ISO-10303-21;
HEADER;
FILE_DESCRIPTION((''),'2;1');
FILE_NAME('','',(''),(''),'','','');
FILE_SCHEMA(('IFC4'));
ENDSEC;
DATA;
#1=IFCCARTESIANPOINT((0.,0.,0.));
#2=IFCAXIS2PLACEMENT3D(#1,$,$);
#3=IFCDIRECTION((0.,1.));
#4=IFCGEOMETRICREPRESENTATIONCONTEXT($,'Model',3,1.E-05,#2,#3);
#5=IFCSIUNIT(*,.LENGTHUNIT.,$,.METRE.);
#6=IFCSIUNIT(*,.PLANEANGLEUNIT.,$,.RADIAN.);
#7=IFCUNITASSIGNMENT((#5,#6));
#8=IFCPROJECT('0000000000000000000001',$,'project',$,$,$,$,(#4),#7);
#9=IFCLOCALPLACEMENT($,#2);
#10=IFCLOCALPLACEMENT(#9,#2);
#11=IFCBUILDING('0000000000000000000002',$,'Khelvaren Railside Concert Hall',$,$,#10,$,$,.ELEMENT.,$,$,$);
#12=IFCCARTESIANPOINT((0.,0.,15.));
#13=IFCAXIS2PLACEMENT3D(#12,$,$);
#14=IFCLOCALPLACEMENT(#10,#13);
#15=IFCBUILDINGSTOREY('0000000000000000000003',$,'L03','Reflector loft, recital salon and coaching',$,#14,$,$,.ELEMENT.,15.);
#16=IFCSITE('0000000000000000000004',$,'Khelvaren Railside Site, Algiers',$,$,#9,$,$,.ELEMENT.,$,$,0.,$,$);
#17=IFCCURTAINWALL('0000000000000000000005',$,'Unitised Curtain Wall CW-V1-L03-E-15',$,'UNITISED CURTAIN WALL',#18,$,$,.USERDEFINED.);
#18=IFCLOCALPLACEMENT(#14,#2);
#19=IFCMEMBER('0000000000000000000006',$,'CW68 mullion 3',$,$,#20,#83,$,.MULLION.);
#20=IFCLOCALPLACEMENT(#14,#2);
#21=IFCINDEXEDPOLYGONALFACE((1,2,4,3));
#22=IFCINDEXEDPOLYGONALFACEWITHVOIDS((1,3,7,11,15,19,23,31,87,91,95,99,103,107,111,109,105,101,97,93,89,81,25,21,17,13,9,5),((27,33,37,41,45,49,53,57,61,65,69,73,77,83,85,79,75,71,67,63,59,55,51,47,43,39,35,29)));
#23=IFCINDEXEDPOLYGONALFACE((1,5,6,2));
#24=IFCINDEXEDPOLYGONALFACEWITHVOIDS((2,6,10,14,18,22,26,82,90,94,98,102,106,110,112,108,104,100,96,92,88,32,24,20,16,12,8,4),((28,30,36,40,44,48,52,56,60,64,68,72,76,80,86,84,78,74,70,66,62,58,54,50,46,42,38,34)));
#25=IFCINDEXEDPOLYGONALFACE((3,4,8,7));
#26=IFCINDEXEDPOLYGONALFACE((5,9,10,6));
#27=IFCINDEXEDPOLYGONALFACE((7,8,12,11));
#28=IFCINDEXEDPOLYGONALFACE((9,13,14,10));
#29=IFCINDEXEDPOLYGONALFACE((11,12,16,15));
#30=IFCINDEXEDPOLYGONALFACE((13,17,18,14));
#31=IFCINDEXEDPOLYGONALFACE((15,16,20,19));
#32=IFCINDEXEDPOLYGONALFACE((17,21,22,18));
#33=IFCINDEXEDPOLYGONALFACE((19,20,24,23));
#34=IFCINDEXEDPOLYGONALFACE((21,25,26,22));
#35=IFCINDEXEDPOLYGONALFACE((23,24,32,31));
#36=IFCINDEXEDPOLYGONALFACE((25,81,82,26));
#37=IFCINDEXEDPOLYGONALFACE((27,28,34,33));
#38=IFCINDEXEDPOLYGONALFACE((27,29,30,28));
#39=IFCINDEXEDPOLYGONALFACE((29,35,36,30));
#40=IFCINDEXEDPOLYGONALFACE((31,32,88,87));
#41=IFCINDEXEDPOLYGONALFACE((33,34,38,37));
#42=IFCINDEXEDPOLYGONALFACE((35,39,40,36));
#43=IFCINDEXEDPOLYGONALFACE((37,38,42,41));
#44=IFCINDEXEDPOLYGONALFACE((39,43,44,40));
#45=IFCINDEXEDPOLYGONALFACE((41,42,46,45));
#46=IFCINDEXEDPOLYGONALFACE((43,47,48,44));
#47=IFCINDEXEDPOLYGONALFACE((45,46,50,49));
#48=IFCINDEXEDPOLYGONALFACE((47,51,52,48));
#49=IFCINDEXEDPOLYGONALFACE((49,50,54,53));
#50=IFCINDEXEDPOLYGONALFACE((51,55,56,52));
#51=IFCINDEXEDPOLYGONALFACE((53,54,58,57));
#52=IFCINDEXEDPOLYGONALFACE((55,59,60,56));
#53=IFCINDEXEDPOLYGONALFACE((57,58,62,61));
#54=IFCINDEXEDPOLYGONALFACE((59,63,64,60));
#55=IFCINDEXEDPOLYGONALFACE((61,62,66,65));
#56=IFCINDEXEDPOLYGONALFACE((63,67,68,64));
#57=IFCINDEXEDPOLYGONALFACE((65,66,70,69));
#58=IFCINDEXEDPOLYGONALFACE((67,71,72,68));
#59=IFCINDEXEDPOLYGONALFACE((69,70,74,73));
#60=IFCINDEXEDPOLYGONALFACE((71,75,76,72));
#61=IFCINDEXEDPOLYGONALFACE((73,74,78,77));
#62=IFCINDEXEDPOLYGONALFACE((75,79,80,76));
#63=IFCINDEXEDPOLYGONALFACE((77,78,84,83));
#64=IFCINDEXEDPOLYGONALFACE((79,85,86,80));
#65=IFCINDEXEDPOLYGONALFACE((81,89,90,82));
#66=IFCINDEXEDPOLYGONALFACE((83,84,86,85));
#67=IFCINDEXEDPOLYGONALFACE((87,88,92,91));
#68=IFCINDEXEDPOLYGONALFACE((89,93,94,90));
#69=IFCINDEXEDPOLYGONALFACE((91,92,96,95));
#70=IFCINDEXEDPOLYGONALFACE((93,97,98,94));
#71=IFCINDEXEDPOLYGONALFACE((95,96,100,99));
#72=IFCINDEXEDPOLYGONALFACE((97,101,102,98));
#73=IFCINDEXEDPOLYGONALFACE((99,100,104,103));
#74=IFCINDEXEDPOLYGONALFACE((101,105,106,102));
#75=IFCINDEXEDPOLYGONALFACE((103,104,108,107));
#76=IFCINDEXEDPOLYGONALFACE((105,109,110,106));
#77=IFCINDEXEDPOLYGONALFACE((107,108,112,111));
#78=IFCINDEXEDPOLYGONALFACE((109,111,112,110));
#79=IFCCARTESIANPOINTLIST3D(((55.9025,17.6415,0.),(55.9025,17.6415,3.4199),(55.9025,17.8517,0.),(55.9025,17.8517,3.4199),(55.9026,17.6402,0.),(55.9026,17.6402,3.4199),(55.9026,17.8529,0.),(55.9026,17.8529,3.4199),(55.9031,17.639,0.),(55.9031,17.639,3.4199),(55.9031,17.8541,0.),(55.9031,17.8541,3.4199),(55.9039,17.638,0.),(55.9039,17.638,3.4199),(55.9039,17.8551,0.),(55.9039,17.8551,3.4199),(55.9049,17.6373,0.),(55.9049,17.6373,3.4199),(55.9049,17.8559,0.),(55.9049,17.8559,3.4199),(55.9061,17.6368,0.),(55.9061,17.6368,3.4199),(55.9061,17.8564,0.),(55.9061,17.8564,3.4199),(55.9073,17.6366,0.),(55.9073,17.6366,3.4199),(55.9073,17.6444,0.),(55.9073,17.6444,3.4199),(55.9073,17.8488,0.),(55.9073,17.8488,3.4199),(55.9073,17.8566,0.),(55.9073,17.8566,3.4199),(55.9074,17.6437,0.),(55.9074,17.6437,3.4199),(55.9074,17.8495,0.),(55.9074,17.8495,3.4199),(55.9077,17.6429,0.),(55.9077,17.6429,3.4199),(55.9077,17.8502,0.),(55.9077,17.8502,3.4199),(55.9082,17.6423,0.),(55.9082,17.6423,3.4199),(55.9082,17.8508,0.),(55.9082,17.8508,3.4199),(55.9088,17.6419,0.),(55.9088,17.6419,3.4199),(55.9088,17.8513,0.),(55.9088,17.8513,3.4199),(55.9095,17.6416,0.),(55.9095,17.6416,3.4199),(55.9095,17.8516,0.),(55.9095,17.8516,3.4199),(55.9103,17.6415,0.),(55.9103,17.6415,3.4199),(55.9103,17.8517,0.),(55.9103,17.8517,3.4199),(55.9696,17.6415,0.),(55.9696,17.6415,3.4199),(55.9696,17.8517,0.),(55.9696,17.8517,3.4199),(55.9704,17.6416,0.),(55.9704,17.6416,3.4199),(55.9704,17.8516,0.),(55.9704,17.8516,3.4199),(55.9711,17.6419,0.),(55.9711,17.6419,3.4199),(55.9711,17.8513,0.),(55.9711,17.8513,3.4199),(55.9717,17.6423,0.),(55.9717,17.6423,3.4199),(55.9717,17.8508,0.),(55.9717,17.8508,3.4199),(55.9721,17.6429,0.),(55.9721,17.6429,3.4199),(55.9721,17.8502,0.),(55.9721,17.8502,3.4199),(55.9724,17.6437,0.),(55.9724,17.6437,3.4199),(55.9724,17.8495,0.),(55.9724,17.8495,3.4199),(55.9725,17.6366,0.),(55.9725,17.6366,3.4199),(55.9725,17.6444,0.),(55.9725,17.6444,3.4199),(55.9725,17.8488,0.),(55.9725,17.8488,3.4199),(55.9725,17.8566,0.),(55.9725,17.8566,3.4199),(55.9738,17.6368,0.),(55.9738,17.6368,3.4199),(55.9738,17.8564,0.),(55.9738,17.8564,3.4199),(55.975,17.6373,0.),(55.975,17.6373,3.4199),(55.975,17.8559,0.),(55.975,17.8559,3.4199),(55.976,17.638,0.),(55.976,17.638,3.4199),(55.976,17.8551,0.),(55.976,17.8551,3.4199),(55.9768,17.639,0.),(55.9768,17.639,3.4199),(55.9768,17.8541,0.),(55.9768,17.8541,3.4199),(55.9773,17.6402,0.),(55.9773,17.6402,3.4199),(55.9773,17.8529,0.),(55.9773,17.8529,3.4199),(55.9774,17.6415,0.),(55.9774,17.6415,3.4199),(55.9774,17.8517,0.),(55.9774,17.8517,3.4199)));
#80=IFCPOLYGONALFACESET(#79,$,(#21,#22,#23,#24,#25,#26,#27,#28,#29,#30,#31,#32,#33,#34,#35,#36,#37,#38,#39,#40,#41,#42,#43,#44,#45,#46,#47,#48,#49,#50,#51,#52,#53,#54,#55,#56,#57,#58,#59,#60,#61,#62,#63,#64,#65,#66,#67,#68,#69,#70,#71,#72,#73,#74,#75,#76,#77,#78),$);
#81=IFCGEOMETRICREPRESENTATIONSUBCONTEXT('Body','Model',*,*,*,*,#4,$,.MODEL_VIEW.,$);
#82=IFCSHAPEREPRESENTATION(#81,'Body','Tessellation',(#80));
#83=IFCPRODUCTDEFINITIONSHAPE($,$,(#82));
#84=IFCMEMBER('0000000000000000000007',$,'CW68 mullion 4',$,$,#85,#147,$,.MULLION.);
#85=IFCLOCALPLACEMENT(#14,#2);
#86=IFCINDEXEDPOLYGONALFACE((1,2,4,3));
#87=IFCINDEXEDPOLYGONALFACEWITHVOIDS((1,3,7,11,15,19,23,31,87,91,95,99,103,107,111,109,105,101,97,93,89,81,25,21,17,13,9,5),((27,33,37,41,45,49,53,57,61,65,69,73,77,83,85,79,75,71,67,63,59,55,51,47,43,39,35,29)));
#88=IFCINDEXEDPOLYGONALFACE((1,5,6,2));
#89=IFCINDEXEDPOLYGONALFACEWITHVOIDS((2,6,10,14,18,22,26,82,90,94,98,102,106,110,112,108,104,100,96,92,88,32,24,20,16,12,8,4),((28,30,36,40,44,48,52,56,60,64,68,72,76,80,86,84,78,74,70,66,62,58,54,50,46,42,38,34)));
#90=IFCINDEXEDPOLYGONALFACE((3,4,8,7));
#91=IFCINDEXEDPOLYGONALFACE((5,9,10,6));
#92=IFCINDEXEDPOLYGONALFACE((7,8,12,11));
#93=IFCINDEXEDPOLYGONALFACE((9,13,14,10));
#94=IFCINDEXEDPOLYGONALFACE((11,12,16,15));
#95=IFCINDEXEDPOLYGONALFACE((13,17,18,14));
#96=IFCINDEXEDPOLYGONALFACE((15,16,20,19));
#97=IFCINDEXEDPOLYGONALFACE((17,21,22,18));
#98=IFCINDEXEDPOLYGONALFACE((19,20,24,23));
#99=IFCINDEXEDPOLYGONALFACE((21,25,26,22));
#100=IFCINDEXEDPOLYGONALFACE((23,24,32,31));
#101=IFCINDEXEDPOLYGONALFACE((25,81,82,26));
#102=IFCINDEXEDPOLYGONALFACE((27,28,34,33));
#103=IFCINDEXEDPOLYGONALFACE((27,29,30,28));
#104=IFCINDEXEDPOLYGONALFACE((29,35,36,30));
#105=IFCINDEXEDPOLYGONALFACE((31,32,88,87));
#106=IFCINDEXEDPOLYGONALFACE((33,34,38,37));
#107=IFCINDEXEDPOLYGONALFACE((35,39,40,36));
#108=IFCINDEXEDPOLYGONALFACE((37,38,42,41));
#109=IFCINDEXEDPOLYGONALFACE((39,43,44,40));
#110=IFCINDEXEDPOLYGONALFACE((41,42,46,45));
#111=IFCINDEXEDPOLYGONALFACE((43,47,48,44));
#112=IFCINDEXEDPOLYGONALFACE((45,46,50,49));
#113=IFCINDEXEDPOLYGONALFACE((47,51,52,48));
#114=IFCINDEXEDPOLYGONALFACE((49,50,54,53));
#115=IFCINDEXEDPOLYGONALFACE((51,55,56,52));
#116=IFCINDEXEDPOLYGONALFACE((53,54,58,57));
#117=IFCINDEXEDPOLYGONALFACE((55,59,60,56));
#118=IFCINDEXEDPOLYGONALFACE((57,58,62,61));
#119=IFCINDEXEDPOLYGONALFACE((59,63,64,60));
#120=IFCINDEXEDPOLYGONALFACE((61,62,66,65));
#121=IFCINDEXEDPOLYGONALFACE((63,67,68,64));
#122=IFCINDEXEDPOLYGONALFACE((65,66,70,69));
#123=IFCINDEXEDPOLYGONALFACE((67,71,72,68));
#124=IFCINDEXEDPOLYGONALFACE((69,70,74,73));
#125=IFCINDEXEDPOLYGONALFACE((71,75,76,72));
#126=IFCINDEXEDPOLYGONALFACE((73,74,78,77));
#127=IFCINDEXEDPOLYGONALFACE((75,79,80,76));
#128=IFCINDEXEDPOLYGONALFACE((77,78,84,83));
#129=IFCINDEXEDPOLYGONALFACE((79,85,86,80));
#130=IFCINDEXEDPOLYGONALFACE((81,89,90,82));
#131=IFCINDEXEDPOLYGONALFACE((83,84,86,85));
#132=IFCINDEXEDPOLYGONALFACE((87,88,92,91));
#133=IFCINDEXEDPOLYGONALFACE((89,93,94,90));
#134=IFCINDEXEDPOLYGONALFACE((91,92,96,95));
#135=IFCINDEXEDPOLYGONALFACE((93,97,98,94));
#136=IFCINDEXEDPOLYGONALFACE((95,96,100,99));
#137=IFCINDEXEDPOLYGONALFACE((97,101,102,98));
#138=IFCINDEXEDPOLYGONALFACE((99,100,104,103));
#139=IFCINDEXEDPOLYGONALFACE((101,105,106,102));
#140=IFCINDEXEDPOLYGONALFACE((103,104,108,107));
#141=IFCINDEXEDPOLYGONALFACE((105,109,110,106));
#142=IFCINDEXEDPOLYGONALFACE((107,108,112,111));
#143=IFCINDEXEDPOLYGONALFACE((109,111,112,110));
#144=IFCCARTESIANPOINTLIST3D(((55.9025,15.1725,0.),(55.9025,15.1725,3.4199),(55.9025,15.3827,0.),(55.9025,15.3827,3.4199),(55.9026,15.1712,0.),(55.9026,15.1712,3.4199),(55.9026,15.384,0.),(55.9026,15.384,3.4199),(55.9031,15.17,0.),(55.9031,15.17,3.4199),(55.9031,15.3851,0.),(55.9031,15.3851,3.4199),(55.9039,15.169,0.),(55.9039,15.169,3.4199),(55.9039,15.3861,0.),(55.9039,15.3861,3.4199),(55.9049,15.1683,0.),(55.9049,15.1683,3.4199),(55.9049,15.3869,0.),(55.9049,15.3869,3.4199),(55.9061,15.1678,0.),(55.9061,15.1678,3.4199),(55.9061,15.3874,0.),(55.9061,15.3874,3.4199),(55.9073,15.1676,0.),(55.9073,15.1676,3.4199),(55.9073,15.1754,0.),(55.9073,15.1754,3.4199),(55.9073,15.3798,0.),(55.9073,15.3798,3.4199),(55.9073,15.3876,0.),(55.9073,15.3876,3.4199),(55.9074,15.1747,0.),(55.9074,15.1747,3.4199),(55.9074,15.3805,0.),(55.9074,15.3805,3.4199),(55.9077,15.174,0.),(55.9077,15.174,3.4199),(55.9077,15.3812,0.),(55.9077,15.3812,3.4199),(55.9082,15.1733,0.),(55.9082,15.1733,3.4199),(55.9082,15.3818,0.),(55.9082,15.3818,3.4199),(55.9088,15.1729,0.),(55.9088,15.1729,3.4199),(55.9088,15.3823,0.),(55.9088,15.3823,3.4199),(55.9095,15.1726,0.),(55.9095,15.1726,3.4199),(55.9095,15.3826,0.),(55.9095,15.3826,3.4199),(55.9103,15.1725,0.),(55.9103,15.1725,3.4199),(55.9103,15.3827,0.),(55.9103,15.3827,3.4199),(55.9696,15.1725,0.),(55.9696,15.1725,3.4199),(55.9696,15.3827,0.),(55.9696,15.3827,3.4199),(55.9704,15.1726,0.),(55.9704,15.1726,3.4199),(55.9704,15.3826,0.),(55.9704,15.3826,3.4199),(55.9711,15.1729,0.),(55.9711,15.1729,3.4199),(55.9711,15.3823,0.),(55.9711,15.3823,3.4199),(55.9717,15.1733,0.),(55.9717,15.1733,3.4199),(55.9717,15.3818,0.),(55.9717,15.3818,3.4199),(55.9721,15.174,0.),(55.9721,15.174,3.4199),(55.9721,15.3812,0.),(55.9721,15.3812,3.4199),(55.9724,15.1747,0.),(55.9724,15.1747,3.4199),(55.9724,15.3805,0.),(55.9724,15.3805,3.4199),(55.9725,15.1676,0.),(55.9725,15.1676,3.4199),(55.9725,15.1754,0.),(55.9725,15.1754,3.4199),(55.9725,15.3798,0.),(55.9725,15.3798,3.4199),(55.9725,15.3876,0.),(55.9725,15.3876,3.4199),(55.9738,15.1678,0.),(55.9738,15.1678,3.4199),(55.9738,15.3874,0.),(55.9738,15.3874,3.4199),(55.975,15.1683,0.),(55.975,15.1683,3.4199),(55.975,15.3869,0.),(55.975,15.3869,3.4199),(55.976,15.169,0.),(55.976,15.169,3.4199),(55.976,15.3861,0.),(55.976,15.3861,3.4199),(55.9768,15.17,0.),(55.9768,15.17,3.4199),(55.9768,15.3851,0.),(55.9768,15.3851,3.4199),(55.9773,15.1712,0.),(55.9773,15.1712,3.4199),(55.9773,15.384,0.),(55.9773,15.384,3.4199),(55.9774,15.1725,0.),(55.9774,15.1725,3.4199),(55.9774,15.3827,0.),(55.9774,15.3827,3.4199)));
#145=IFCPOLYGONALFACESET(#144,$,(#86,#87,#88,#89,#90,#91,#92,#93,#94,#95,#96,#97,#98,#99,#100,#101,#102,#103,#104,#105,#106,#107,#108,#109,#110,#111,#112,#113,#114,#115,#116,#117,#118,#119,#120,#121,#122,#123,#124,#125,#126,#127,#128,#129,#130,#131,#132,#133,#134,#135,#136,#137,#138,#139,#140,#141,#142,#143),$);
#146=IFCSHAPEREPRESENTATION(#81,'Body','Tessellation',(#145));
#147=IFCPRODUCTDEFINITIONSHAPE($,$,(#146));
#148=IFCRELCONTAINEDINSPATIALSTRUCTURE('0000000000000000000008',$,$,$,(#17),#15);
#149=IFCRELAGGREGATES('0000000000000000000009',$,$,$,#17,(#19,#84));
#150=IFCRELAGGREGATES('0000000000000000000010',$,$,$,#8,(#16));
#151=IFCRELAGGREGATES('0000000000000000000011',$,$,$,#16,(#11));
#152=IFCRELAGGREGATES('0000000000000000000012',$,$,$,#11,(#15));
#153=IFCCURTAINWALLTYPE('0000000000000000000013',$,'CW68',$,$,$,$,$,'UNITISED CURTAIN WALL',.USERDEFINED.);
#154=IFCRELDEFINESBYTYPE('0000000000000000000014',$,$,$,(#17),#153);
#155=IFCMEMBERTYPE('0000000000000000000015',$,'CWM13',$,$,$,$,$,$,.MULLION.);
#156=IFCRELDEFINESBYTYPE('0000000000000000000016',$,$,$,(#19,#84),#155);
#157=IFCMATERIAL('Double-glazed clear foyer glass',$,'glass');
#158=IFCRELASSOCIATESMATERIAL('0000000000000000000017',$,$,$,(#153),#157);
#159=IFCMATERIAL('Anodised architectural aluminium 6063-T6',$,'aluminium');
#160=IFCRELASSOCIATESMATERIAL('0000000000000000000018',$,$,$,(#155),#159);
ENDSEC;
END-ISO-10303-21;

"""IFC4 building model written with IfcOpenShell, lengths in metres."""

from ifc_helpers import new_model, si_unit, direction, frame, origin, origin_2d, place, context, subcontext, project, spatial, hollow_rectangle, extrude, material, material_profile, profile_set, type_object, element, aggregate, save


model = new_model("IFC4")

# Units and contexts
model_context = context("Model", 3, precision=1e-05, world=origin(), true_north=direction((0.0, 1.0)))
body_context = subcontext(model_context, "Body", "Model", "MODEL_VIEW")
ifc_project = project(units=[si_unit("LENGTHUNIT", "METRE"), si_unit("PLANEANGLEUNIT", "RADIAN")], contexts=[model_context])

# Site, building, storey
site_placement = place(None, origin())
site = spatial("IfcSite", under=ifc_project, at=site_placement, Name="Khelvaren Railside Site, Algiers", CompositionType="ELEMENT", RefElevation=0.0)
building_placement = place(site_placement, origin())
building = spatial("IfcBuilding", under=site, at=building_placement, Name="Khelvaren Railside Concert Hall", CompositionType="ELEMENT")
storey_placement = place(building_placement, frame((0.0, 0.0, 15.0)))
storey = spatial("IfcBuildingStorey", under=building, at=storey_placement, Name="L03", Description="Reflector loft, recital salon and coaching", CompositionType="ELEMENT", Elevation=15.0)

# Curtain wall, members
ifc_material_1 = material(Name="Double-glazed clear foyer glass", Category="glass")
curtain_wall_type_1 = type_object("IfcCurtainWallType", Name="CW68", ElementType="UNITISED CURTAIN WALL", PredefinedType="USERDEFINED", material=ifc_material_1)
curtain_wall_1_placement = place(storey_placement, origin())
curtain_wall_1 = element("IfcCurtainWall", 1, at=curtain_wall_1_placement, inside=storey, type_object=curtain_wall_type_1, Name="Unitised Curtain Wall CW-V1-L03-E-15", ObjectType="UNITISED CURTAIN WALL", PredefinedType="USERDEFINED")
ifc_material_2 = material(Name="Anodised architectural aluminium 6063-T6", Category="aluminium")
ifc_material_profile_1 = material_profile(ifc_material_2, hollow_rectangle(XDim=0.075, YDim=0.22, WallThickness=0.0049, InnerFilletRadius=0.0029, OuterFilletRadius=0.0049, at=origin_2d()), Name="CWM 75x220x5")
ifc_profile_set_1 = profile_set([ifc_material_profile_1], Name="Anodised architectural aluminium 6063-T6")
member_type_1 = type_object("IfcMemberType", Name="CWM13", PredefinedType="MULLION", material=ifc_profile_set_1)
member_1_placement = place(storey_placement, frame((55.9399, 17.7466, 0.0), z_axis=(0.0, 0.0, 1.0), x_axis=(1.0, 0.0, 0.0)))
member_1 = element("IfcMember", 2, at=member_1_placement, type_object=member_type_1, Name="CW68 mullion 3", PredefinedType="MULLION", context=body_context, shape_type="SweptSolid", body=[
    extrude(hollow_rectangle(XDim=0.075, YDim=0.22, WallThickness=0.0049, InnerFilletRadius=0.0029, OuterFilletRadius=0.0049, at=origin_2d()), origin(), (0.0, 0.0, 1.0), 3.4199),
])
member_2_placement = place(storey_placement, frame((55.9399, 15.2776, 0.0), z_axis=(0.0, 0.0, 1.0), x_axis=(1.0, 0.0, 0.0)))
member_2 = element("IfcMember", 3, at=member_2_placement, type_object=member_type_1, Name="CW68 mullion 4", PredefinedType="MULLION", context=body_context, shape_type="SweptSolid", body=[
    extrude(hollow_rectangle(XDim=0.075, YDim=0.22, WallThickness=0.0049, InnerFilletRadius=0.0029, OuterFilletRadius=0.0049, at=origin_2d()), origin(), (0.0, 0.0, 1.0), 3.4199),
])

aggregate(curtain_wall_1, [member_1, member_2])

save(model, "model.ifc")
